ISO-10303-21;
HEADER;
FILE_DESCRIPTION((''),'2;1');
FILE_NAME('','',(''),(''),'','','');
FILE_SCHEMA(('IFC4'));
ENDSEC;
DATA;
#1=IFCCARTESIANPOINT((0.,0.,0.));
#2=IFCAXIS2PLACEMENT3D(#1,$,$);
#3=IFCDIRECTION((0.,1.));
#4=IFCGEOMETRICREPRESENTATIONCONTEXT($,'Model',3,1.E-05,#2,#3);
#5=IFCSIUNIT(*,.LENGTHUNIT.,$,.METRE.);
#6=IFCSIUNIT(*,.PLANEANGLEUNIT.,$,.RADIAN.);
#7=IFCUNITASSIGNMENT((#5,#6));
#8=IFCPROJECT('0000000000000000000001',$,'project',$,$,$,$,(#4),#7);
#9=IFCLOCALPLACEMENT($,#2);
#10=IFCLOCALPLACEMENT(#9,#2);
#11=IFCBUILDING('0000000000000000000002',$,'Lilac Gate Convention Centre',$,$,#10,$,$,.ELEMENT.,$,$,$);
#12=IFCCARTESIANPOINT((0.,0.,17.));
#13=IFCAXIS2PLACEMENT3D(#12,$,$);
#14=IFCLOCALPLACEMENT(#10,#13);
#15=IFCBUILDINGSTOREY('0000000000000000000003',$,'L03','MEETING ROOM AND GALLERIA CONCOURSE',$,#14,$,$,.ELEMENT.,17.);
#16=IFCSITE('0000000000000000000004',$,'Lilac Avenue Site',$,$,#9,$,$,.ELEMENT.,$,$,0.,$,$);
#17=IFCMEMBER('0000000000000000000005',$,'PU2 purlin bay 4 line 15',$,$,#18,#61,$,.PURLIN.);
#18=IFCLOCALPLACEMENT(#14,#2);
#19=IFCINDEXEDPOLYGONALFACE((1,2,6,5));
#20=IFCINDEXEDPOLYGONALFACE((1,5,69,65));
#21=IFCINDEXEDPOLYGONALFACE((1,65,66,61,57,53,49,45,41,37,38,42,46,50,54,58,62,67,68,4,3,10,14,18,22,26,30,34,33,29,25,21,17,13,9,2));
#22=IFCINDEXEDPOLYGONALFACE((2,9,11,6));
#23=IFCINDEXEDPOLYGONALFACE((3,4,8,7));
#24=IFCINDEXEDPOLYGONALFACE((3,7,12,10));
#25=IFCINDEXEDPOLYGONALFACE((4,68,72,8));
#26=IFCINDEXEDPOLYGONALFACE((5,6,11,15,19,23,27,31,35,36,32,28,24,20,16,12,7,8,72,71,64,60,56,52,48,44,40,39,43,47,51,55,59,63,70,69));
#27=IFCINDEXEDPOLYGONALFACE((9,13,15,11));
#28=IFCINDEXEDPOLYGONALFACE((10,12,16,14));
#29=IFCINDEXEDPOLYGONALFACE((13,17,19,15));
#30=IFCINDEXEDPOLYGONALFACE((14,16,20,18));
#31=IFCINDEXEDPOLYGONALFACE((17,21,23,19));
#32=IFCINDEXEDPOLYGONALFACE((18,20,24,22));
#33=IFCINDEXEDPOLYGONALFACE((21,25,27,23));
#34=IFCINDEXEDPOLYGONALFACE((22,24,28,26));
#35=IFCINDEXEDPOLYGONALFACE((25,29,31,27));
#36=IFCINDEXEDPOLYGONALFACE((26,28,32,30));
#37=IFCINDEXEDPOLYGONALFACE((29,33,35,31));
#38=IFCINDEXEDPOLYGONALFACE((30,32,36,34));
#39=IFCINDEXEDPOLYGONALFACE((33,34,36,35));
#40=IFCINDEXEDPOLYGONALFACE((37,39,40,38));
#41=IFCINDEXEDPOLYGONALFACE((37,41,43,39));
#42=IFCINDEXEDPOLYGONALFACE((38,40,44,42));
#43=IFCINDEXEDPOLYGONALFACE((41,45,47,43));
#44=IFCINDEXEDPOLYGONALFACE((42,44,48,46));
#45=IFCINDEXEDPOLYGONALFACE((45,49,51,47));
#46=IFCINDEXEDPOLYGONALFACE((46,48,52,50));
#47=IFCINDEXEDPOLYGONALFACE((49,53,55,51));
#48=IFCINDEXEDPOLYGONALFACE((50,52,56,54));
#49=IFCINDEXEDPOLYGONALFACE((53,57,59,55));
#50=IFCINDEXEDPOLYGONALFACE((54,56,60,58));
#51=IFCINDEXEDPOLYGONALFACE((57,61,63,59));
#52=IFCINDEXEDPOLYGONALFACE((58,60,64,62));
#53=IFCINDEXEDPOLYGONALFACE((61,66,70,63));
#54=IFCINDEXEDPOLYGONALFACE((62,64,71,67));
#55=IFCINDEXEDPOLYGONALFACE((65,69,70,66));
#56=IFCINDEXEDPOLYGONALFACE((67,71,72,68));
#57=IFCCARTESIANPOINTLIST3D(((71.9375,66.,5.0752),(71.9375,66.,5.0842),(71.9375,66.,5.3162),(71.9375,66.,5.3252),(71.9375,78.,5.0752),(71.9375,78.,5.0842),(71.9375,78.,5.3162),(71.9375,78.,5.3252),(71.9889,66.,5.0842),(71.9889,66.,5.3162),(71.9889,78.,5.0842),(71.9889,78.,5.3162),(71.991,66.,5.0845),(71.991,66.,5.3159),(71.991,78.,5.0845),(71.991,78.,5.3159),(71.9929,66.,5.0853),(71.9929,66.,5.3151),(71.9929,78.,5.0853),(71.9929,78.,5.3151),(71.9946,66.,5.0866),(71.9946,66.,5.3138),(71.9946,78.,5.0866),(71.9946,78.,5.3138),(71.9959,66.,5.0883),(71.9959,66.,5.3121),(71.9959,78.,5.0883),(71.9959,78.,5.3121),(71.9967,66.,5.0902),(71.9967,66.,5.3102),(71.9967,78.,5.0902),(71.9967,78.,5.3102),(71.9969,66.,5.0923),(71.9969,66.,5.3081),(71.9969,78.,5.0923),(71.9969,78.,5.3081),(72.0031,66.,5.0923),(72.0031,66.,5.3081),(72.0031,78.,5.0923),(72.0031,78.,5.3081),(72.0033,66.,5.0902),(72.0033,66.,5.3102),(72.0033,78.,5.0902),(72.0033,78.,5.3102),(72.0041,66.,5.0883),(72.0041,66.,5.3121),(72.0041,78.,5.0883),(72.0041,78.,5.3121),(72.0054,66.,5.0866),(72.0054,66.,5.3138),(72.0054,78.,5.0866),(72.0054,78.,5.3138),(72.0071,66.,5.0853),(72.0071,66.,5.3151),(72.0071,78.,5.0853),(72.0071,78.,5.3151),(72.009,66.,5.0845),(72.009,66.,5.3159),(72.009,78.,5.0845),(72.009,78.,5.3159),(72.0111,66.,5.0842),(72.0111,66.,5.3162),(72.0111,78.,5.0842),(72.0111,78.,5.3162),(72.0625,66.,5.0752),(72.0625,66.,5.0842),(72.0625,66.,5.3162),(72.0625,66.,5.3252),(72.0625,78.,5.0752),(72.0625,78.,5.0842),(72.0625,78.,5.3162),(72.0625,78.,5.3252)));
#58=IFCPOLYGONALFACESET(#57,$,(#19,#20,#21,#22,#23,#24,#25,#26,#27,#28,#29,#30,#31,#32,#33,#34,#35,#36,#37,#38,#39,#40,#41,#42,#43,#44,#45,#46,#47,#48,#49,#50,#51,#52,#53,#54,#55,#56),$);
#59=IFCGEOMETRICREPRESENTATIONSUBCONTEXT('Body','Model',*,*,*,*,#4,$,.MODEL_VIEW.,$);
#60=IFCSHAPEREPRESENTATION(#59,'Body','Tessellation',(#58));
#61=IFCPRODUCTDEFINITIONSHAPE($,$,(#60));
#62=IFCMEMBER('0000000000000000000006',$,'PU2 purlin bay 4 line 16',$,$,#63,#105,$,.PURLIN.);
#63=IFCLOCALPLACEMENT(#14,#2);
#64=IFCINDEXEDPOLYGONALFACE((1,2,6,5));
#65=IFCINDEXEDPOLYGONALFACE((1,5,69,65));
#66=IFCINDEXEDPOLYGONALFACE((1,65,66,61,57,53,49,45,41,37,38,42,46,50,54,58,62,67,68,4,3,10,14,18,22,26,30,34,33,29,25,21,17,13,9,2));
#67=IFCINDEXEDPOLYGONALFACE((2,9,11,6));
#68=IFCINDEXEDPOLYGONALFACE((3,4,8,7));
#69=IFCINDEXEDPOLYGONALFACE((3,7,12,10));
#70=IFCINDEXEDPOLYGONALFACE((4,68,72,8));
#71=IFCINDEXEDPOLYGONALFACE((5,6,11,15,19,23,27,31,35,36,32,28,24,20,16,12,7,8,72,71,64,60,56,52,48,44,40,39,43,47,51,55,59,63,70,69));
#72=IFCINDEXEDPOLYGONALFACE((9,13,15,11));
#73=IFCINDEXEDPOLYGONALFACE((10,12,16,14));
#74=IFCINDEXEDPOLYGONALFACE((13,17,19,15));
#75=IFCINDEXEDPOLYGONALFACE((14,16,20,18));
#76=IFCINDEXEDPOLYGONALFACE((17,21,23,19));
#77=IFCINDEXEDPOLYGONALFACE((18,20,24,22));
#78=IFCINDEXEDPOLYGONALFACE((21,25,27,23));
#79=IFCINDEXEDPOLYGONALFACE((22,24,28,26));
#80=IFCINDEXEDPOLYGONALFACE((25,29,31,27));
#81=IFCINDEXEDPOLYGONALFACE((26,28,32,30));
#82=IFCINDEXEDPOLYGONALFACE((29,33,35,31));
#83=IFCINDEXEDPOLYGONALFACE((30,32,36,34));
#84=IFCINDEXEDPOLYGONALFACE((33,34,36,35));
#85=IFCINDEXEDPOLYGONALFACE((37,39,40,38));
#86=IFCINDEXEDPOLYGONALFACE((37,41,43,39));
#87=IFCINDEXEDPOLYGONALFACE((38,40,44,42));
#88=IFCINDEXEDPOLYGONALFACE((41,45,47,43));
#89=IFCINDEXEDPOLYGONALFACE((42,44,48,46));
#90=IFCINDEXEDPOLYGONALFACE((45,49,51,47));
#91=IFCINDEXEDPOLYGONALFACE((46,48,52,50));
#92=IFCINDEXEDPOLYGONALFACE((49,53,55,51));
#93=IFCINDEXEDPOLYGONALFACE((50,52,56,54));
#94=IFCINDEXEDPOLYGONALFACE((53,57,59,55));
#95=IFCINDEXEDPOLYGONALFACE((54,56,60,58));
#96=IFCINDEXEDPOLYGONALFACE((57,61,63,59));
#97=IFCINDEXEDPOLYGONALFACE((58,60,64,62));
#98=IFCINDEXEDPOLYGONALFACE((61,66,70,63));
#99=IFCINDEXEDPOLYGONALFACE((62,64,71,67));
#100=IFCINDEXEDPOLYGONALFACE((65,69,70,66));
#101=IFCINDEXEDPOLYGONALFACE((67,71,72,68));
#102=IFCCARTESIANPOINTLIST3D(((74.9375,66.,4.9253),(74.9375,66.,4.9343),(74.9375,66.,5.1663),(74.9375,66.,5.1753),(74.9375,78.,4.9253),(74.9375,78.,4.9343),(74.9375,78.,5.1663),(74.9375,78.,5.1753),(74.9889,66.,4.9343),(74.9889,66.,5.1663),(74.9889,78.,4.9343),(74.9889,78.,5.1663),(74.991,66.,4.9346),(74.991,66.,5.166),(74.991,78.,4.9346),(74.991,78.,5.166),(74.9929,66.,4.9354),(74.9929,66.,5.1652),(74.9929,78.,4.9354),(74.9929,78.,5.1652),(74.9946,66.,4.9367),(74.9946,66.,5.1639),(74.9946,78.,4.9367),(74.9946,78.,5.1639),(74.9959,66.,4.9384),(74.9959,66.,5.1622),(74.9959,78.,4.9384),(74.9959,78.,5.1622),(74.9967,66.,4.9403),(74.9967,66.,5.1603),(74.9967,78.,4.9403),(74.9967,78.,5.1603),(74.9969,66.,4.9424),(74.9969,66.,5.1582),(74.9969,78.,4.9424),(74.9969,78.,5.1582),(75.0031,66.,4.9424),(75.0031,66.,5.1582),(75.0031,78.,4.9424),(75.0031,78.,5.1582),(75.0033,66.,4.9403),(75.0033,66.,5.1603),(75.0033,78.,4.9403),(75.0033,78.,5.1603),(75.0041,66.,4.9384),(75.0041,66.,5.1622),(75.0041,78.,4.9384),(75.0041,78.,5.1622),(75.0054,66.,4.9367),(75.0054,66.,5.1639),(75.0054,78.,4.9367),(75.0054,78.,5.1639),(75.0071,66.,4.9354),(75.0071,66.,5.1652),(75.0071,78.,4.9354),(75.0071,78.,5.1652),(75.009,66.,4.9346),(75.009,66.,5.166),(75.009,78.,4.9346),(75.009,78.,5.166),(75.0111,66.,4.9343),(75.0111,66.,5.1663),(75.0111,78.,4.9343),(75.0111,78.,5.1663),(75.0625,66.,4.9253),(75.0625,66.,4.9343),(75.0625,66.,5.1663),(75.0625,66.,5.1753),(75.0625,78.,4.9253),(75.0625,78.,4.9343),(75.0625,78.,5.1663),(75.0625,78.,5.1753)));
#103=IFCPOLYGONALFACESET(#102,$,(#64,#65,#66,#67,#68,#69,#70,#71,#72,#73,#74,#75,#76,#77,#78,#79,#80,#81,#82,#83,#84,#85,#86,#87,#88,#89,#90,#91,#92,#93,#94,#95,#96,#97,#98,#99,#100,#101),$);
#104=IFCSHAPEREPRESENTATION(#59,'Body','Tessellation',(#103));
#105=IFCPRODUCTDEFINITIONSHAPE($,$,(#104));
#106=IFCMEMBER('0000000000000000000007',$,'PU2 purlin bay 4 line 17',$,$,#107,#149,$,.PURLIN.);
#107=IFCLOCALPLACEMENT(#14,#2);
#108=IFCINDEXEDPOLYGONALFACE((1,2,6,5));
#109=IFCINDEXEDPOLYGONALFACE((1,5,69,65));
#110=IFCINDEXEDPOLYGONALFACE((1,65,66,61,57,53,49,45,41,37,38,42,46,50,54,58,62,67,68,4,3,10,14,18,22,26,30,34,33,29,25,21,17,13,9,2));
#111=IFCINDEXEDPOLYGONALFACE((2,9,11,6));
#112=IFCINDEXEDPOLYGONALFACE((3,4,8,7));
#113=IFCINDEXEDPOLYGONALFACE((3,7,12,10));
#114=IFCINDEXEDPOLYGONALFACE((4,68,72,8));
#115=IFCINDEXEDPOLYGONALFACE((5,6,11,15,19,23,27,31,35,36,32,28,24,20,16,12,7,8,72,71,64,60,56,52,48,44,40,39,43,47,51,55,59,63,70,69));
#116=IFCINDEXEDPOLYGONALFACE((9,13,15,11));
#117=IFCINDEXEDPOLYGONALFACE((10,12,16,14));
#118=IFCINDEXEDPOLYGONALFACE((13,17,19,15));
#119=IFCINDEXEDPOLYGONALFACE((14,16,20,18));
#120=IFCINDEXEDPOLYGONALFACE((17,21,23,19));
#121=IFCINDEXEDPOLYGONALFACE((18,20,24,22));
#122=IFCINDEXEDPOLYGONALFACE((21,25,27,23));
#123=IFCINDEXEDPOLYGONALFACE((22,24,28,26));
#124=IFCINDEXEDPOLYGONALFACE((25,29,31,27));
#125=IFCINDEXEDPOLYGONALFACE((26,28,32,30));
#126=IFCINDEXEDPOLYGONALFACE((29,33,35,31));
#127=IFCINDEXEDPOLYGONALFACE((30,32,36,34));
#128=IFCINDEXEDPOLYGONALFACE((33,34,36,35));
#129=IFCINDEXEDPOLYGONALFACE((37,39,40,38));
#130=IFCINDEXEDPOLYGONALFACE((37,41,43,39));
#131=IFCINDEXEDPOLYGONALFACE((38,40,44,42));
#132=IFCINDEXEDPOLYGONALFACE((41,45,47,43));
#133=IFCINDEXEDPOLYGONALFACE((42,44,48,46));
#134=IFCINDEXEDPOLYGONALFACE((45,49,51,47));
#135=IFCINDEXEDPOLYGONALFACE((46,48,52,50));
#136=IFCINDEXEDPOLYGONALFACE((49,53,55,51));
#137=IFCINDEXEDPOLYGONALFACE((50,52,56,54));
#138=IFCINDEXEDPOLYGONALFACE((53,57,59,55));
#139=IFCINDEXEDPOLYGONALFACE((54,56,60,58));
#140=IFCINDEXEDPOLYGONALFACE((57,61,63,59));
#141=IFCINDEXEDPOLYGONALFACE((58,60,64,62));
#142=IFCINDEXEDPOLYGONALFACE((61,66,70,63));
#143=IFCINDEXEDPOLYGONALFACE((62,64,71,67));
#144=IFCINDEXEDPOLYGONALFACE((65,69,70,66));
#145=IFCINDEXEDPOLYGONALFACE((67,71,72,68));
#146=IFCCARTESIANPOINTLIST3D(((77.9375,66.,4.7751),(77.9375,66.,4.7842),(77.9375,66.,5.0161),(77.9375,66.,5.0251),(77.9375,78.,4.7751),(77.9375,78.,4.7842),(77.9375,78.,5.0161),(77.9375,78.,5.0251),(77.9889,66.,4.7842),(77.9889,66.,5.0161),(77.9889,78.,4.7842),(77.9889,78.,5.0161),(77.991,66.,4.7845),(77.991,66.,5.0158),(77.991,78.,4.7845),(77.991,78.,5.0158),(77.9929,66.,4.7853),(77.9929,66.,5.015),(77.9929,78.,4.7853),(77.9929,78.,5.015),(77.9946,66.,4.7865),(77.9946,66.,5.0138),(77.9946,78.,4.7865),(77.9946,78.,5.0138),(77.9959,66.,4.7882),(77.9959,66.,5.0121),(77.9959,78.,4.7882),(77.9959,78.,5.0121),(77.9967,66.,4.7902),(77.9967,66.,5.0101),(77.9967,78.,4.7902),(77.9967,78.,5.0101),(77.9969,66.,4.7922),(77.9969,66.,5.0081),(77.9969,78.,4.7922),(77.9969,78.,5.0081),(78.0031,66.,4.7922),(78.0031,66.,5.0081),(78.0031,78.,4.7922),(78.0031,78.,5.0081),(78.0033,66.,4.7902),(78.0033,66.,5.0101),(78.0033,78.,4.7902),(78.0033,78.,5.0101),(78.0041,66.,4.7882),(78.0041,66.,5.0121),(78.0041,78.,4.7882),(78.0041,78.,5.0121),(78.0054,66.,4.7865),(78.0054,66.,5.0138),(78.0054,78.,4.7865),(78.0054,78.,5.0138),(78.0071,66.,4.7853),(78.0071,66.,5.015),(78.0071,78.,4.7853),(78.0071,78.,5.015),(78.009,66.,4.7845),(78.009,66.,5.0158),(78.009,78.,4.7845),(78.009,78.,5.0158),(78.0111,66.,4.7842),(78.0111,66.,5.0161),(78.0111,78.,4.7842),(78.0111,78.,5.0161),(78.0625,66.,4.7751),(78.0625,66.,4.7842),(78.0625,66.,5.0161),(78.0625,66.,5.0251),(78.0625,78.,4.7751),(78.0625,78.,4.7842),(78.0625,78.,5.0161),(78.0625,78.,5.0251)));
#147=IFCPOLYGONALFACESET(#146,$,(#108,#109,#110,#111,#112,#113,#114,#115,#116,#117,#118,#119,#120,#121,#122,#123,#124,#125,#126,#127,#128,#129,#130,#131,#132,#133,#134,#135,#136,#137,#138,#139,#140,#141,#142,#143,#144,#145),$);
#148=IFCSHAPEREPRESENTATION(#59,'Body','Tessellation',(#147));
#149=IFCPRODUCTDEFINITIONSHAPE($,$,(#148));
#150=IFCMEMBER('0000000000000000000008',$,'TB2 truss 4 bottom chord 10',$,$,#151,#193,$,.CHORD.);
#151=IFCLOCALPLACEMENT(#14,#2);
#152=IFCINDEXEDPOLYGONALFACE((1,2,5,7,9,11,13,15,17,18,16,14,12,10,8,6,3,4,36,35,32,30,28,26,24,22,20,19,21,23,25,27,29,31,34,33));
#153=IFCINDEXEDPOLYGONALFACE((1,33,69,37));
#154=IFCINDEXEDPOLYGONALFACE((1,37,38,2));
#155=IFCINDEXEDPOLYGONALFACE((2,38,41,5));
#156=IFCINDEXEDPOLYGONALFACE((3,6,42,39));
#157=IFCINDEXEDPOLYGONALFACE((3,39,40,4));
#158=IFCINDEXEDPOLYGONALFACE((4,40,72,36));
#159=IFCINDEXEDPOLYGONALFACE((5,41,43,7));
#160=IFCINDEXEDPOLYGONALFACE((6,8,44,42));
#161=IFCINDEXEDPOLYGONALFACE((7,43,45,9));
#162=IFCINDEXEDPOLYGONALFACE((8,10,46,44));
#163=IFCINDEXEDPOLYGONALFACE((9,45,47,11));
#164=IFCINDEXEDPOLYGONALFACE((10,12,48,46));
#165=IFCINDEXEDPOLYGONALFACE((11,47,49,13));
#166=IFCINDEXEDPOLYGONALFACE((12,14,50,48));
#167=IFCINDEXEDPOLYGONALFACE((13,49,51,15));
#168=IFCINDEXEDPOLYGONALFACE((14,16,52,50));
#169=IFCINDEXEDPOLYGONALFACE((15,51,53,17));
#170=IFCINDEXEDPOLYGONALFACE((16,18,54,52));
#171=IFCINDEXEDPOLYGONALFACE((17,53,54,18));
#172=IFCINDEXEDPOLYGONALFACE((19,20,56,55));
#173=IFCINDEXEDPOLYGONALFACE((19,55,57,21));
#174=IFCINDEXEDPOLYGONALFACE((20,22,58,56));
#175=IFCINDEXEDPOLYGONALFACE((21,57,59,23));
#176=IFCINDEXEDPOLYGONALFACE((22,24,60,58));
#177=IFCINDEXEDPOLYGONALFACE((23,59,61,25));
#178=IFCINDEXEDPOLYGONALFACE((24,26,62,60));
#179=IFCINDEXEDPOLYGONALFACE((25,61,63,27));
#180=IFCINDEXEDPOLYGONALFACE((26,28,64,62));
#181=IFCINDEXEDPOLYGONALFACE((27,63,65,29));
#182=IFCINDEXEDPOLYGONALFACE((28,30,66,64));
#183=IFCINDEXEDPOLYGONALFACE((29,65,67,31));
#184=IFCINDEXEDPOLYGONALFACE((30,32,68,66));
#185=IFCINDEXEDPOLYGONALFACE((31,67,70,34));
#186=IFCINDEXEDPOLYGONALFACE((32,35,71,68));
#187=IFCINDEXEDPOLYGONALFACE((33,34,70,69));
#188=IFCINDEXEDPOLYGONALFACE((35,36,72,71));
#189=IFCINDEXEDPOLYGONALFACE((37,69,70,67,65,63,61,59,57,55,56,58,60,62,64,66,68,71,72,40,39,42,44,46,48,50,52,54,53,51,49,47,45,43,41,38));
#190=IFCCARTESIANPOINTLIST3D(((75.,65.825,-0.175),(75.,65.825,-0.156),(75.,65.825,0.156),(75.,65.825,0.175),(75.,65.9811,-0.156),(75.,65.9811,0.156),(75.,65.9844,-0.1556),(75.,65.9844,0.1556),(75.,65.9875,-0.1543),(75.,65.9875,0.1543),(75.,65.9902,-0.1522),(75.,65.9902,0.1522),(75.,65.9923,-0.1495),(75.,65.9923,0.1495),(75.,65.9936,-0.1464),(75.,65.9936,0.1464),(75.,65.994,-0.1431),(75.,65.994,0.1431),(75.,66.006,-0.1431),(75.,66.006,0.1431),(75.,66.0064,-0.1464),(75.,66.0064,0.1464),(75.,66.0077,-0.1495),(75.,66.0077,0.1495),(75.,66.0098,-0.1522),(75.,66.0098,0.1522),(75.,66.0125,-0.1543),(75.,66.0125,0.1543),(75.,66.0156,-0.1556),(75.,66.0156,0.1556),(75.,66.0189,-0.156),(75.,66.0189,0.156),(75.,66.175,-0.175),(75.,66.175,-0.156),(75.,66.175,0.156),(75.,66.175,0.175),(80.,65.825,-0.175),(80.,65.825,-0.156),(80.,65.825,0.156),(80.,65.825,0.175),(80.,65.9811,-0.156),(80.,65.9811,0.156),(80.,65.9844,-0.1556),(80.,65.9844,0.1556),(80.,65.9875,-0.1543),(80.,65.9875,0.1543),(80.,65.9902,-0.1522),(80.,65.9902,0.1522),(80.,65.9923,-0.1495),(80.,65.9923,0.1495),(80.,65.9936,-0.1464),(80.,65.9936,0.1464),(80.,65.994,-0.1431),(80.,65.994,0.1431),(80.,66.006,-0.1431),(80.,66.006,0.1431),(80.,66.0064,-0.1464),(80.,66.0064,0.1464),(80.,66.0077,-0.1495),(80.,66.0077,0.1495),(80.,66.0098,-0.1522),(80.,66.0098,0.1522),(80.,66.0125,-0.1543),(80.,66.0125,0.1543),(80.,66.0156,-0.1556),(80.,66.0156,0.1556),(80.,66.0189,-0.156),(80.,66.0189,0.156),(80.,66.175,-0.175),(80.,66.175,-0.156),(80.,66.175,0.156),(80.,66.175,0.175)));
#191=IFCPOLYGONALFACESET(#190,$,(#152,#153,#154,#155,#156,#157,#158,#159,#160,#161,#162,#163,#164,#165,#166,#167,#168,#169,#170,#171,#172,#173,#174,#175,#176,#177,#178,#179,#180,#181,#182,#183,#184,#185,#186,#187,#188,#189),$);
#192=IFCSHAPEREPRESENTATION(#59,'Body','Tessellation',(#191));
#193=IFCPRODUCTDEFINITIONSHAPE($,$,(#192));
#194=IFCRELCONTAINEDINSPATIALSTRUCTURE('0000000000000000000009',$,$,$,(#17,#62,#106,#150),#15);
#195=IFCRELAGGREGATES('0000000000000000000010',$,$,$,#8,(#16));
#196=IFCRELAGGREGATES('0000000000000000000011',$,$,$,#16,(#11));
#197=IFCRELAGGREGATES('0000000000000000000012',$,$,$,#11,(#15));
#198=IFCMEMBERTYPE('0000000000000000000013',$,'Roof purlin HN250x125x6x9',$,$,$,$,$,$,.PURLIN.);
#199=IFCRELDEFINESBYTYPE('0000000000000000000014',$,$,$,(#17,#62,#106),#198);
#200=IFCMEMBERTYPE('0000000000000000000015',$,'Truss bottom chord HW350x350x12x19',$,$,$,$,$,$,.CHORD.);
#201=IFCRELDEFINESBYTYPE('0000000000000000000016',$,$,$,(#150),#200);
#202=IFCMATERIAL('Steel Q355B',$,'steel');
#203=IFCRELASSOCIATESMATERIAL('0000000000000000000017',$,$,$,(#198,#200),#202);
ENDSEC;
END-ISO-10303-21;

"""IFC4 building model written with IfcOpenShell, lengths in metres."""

from ifc_helpers import new_model, si_unit, direction, frame, origin, origin_2d, place, context, subcontext, project, spatial, i_section, extrude, material, material_profile, profile_set, type_object, element, save


model = new_model("IFC4")

# Units and contexts
model_context = context("Model", 3, precision=1e-05, world=origin(), true_north=direction((0.0, 1.0)))
body_context = subcontext(model_context, "Body", "Model", "MODEL_VIEW")
ifc_project = project(units=[si_unit("LENGTHUNIT", "METRE"), si_unit("PLANEANGLEUNIT", "RADIAN")], contexts=[model_context])

# Site, building, storey
site_placement = place(None, origin())
site = spatial("IfcSite", under=ifc_project, at=site_placement, Name="Lilac Avenue Site", CompositionType="ELEMENT", RefElevation=0.0)
building_placement = place(site_placement, origin())
building = spatial("IfcBuilding", under=site, at=building_placement, Name="Lilac Gate Convention Centre", CompositionType="ELEMENT")
storey_placement = place(building_placement, frame((0.0, 0.0, 17.0)))
storey = spatial("IfcBuildingStorey", under=building, at=storey_placement, Name="L03", Description="MEETING ROOM AND GALLERIA CONCOURSE", CompositionType="ELEMENT", Elevation=17.0)

# Members
ifc_material = material(Name="Steel Q355B", Category="steel")
ifc_material_profile_1 = material_profile(ifc_material, i_section(OverallWidth=0.125, OverallDepth=0.25, WebThickness=0.0061, FlangeThickness=0.009, FilletRadius=0.0081, at=origin_2d()), Name="HN250x125x6x9")
ifc_profile_set_1 = profile_set([ifc_material_profile_1], Name="Steel Q355B")
member_type_1 = type_object("IfcMemberType", Name="Roof purlin HN250x125x6x9", PredefinedType="PURLIN", material=ifc_profile_set_1)
for number, where, z_axis, x_axis, name in (
    (1, (72.0, 66.0, 5.2002), (0.0, 1.0, 0.0), (-1.0, 0.0, 0.0), "PU2 purlin bay 4 line 15"),
    (2, (75.0, 66.0, 5.0503), (0.0, 1.0, 0.0), (-1.0, 0.0, 0.0), "PU2 purlin bay 4 line 16"),
    (3, (78.0, 66.0, 4.9001), (0.0, 1.0, 0.0), (-1.0, 0.0, 0.0), "PU2 purlin bay 4 line 17"),
):
    element("IfcMember", number, at=place(storey_placement, frame(where, z_axis=z_axis, x_axis=x_axis)), inside=storey, type_object=member_type_1, Name=name, PredefinedType="PURLIN", context=body_context, shape_type="SweptSolid", body=[
        extrude(i_section(OverallWidth=0.125, OverallDepth=0.25, WebThickness=0.0061, FlangeThickness=0.009, FilletRadius=0.0081, at=origin_2d()), origin(), (0.0, 0.0, 1.0), 12.0),
    ])
ifc_material_profile_2 = material_profile(ifc_material, i_section(OverallWidth=0.3501, OverallDepth=0.3501, WebThickness=0.012, FlangeThickness=0.019, FilletRadius=0.0129, at=origin_2d()), Name="HW350x350x12x19")
ifc_profile_set_2 = profile_set([ifc_material_profile_2], Name="Steel Q355B")
member_type_2 = type_object("IfcMemberType", Name="Truss bottom chord HW350x350x12x19", PredefinedType="CHORD", material=ifc_profile_set_2)
for number, where, z_axis, x_axis, name in (
    (4, (75.0, 66.0, 0.0), (1.0, 0.0, 0.0), (0.0, 1.0, 0.0), "TB2 truss 4 bottom chord 10"),
):
    element("IfcMember", number, at=place(storey_placement, frame(where, z_axis=z_axis, x_axis=x_axis)), inside=storey, type_object=member_type_2, Name=name, PredefinedType="CHORD", context=body_context, shape_type="SweptSolid", body=[
        extrude(i_section(OverallWidth=0.3501, OverallDepth=0.3501, WebThickness=0.012, FlangeThickness=0.019, FilletRadius=0.0129, at=origin_2d()), origin(), (0.0, 0.0, 1.0), 5.0),
    ])

save(model, "model.ifc")
